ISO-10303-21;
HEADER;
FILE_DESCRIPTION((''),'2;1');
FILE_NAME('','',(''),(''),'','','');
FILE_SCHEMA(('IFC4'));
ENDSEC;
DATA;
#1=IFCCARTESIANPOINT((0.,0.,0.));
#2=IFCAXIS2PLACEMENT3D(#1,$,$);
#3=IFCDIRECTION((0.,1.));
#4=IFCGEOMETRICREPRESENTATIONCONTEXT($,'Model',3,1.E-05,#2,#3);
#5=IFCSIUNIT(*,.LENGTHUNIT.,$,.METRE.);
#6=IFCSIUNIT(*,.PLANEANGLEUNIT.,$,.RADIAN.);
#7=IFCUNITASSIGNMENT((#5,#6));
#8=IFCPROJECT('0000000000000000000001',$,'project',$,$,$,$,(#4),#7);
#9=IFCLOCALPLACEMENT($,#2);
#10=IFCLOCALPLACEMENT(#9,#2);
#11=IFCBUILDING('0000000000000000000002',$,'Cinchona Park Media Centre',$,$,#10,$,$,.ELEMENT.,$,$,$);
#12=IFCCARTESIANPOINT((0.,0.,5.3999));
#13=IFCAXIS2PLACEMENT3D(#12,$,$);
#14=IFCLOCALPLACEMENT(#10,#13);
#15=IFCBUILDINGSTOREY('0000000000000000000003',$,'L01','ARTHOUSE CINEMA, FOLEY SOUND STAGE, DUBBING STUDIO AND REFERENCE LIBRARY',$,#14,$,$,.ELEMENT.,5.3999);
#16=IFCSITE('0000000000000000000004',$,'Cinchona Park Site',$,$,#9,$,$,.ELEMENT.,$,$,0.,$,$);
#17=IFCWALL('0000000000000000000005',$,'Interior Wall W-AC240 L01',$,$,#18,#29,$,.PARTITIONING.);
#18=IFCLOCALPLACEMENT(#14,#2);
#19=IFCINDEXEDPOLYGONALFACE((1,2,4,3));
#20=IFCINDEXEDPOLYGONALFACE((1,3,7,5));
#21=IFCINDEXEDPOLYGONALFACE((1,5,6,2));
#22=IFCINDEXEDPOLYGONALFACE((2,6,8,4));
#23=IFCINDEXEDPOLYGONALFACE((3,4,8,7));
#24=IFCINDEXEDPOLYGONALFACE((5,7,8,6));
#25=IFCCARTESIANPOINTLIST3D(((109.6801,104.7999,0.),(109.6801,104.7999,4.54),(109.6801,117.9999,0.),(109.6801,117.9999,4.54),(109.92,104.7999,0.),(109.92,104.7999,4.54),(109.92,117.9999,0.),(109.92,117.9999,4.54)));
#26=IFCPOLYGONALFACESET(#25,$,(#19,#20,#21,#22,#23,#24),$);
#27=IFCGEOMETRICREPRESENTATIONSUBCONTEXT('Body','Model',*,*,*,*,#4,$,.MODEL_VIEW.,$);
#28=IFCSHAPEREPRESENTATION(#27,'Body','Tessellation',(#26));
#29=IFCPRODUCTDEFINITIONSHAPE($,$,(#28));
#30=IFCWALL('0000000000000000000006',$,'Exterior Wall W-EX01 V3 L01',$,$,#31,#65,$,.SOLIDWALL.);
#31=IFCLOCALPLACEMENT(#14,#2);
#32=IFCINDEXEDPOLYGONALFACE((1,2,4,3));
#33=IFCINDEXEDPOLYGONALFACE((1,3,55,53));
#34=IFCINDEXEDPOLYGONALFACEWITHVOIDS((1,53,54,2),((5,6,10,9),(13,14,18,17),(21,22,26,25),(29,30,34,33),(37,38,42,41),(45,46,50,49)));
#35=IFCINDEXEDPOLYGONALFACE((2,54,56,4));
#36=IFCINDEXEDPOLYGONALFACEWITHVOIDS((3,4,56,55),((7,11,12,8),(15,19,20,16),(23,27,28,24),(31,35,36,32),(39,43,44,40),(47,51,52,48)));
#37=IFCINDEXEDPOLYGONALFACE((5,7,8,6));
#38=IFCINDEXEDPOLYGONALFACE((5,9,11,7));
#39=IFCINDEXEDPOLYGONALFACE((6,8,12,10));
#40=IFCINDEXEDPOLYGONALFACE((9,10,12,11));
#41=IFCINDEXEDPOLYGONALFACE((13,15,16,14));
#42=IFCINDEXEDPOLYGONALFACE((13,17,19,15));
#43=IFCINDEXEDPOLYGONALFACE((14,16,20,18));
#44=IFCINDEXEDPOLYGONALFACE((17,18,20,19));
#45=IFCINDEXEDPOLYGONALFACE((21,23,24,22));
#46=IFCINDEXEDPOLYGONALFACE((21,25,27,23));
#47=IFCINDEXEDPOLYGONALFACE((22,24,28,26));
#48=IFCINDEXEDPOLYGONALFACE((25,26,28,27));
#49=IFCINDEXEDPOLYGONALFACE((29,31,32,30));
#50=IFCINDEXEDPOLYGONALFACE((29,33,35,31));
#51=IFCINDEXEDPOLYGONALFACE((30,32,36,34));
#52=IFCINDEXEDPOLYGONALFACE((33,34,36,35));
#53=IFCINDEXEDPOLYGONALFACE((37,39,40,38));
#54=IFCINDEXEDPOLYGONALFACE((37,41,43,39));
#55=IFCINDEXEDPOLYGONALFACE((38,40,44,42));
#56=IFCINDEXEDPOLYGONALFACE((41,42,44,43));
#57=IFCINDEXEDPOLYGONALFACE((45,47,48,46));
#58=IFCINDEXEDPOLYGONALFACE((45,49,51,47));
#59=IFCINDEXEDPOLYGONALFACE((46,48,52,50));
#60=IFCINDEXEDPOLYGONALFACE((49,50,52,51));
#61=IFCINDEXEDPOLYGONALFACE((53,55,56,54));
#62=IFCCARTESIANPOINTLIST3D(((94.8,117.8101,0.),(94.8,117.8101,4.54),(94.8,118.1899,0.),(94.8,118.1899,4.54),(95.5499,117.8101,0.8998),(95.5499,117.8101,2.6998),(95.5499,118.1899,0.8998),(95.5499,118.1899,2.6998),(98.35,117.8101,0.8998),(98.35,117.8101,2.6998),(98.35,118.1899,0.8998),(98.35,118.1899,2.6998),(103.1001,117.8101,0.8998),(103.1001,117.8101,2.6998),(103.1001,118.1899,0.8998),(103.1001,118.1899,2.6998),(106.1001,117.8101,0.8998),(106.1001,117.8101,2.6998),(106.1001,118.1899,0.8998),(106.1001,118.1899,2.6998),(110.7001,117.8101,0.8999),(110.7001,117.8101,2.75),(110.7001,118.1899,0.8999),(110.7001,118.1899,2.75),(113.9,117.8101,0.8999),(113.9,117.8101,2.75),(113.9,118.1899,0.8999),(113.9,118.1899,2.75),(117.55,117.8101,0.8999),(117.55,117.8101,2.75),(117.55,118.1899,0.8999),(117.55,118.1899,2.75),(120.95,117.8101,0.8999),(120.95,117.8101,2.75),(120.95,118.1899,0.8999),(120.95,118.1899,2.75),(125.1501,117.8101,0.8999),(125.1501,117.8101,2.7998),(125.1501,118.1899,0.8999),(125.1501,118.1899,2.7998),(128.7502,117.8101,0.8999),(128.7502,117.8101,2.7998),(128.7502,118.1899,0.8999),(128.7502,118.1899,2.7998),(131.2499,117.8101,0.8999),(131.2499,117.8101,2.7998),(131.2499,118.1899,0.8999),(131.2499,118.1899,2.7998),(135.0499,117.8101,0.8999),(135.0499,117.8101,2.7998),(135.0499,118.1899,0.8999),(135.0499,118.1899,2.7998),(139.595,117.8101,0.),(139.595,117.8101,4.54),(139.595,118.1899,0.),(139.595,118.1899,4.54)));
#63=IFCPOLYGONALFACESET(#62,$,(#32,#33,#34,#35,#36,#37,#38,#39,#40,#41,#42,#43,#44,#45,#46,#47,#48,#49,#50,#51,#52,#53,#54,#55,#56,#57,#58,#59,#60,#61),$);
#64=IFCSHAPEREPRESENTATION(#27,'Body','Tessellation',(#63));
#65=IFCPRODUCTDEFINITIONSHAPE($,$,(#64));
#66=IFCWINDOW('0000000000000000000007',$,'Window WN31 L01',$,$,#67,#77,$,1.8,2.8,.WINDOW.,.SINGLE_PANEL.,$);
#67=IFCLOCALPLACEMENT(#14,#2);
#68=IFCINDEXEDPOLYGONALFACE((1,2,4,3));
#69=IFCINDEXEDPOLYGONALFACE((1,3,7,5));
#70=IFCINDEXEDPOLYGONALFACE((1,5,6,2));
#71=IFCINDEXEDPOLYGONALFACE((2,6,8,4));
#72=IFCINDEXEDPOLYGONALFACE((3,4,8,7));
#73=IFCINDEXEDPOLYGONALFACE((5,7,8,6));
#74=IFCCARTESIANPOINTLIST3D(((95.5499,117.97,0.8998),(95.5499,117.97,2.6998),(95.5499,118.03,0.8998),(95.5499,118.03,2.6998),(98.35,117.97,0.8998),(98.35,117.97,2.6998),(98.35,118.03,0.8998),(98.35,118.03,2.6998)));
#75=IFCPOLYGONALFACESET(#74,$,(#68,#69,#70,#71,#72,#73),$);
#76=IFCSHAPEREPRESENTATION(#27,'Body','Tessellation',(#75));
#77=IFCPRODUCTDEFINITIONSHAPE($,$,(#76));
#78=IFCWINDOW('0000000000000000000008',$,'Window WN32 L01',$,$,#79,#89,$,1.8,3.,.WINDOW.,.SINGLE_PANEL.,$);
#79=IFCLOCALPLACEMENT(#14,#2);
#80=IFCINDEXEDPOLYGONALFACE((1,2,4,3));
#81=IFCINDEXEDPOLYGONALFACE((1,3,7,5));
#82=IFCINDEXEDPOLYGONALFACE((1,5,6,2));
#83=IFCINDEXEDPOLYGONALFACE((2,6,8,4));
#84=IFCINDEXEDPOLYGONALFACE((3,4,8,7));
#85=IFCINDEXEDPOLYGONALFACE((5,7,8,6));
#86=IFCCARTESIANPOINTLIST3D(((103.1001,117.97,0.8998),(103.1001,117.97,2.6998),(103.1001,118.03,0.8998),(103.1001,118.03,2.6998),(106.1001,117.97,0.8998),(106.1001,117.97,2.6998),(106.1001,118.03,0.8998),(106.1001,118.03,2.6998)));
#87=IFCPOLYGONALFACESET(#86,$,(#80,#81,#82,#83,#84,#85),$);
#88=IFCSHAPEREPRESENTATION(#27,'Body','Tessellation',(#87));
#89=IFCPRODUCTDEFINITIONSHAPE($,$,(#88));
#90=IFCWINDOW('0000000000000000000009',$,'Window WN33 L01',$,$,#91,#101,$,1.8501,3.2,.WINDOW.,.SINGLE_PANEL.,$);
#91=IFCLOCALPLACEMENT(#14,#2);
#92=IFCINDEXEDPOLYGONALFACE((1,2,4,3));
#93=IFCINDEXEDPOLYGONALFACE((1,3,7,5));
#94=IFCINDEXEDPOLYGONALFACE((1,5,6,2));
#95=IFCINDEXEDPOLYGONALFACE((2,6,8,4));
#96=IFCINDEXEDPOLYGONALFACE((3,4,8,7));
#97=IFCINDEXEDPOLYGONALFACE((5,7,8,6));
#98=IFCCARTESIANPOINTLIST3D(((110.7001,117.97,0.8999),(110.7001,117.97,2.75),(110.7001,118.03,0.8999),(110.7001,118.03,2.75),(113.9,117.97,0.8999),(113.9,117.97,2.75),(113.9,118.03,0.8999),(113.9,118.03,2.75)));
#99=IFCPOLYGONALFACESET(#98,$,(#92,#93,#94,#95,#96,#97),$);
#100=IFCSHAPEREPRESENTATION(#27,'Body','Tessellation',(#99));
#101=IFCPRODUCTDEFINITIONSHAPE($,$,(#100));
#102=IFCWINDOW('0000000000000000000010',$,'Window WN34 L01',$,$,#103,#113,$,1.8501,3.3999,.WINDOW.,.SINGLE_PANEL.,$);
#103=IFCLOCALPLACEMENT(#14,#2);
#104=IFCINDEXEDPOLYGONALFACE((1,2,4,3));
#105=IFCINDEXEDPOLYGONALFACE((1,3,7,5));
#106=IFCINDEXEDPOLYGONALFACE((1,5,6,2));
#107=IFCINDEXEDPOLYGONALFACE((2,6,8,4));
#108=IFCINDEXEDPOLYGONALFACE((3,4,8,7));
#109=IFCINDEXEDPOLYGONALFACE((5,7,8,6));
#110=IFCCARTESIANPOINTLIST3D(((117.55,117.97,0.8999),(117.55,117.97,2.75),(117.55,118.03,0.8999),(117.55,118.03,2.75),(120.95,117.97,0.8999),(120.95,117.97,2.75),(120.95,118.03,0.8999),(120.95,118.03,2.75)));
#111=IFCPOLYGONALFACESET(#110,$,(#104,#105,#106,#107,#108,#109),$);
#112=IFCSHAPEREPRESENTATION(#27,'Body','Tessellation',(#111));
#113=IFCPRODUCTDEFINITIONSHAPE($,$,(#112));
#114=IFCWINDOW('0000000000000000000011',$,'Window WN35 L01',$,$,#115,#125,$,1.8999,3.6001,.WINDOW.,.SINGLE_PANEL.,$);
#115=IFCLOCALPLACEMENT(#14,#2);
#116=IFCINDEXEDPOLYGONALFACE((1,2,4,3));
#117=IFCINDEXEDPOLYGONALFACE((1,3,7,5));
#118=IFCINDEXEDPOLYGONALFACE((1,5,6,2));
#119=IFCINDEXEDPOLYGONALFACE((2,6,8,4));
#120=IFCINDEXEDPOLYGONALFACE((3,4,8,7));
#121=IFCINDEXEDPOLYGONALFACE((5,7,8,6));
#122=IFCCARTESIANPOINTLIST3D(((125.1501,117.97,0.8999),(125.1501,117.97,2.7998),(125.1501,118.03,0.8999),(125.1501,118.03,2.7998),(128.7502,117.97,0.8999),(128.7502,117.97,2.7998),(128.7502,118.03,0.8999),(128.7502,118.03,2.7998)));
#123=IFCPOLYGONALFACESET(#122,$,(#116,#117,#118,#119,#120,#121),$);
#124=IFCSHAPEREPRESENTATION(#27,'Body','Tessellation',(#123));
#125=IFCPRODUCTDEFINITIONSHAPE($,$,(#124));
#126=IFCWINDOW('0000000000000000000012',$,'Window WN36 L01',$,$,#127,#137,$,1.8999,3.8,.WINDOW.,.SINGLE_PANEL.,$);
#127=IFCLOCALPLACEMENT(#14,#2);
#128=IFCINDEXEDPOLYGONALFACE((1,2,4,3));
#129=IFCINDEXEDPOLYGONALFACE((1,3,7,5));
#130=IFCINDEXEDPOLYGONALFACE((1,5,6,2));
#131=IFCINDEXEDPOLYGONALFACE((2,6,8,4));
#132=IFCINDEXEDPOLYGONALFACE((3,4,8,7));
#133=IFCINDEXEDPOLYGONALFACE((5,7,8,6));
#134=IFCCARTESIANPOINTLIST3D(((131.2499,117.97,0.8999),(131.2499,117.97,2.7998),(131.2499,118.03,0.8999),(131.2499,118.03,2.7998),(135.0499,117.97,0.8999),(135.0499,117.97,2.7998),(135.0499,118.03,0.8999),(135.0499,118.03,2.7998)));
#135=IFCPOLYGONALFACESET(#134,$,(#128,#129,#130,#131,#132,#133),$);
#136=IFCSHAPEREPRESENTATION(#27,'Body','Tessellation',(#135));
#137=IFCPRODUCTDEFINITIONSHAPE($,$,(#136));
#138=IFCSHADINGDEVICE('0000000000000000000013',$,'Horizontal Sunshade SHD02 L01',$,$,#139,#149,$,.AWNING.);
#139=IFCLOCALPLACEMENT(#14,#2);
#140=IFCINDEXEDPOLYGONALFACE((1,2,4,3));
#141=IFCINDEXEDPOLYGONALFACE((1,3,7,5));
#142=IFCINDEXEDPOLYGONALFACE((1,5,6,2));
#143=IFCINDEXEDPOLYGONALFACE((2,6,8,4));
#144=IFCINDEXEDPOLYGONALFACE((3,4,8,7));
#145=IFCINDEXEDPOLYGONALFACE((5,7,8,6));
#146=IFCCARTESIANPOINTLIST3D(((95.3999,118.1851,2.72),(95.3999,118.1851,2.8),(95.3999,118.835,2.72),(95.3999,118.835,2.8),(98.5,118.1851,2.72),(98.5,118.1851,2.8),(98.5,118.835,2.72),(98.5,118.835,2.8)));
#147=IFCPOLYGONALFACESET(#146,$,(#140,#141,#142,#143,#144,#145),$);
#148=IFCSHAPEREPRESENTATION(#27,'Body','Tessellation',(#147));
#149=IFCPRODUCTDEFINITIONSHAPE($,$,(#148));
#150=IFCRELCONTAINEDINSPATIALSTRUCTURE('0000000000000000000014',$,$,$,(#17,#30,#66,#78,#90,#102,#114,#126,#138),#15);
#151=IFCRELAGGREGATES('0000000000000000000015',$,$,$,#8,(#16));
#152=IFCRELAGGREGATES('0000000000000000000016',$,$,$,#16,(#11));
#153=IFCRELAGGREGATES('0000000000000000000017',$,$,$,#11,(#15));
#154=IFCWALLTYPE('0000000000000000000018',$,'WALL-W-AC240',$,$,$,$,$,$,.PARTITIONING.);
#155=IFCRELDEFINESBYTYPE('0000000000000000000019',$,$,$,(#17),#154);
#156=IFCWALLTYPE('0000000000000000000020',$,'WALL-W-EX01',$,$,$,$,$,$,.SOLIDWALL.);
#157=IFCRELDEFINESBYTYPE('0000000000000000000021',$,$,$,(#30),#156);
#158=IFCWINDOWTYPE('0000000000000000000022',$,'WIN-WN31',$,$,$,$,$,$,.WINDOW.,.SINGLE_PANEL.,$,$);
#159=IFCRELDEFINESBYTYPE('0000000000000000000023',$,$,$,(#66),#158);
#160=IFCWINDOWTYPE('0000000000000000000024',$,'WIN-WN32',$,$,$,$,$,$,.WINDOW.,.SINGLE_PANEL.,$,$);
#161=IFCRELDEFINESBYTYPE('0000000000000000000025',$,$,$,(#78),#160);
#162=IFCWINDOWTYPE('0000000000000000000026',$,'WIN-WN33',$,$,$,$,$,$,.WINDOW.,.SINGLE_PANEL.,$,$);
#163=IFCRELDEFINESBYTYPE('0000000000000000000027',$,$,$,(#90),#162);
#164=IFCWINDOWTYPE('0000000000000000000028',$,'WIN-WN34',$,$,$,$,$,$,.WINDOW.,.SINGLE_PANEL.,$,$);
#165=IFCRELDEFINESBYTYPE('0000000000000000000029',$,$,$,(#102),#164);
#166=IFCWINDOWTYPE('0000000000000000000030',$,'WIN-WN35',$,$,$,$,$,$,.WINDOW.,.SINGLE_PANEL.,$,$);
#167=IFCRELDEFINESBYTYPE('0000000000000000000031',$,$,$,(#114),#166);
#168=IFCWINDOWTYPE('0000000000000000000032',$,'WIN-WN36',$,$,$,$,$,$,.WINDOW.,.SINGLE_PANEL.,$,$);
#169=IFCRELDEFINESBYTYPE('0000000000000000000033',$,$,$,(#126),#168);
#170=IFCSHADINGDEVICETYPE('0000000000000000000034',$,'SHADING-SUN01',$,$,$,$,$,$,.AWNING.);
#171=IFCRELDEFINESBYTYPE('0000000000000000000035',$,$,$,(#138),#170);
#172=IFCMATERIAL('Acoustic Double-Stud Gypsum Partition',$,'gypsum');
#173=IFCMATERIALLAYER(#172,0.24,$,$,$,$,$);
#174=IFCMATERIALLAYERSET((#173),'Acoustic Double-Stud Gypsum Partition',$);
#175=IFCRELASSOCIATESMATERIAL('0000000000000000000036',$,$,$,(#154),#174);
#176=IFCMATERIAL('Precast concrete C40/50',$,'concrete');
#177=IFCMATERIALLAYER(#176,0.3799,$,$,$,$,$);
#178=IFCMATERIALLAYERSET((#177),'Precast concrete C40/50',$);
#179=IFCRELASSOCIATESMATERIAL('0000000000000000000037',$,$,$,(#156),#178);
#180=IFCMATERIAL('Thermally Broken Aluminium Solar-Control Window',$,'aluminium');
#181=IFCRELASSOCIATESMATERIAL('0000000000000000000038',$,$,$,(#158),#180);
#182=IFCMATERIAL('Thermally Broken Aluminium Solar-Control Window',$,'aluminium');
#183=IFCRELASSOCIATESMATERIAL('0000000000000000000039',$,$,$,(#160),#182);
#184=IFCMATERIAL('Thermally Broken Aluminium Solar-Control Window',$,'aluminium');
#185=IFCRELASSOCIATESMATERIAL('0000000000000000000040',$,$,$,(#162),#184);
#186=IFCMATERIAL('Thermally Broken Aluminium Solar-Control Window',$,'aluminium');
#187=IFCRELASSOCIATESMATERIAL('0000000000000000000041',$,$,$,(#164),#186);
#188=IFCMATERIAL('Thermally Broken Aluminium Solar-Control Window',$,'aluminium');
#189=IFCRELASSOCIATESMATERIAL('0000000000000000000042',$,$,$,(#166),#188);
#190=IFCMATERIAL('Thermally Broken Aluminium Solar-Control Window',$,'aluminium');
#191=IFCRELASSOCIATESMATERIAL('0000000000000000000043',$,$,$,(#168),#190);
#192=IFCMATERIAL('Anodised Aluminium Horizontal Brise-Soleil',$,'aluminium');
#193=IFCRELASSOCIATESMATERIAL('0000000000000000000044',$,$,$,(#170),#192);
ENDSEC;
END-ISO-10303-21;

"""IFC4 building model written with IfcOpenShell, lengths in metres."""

from ifc_helpers import new_model, si_unit, direction, frame, frame_2d, origin, origin_2d, place, context, subcontext, project, spatial, rectangle, extrude, material, layer, layer_set, type_object, element, fill, save


model = new_model("IFC4")

# Units and contexts
model_context = context("Model", 3, precision=1e-05, world=origin(), true_north=direction((0.0, 1.0)))
body_context = subcontext(model_context, "Body", "Model", "MODEL_VIEW")
ifc_project = project(units=[si_unit("LENGTHUNIT", "METRE"), si_unit("PLANEANGLEUNIT", "RADIAN")], contexts=[model_context])

# Site, building, storey
site_placement = place(None, origin())
site = spatial("IfcSite", under=ifc_project, at=site_placement, Name="Cinchona Park Site", CompositionType="ELEMENT", RefElevation=0.0)
building_placement = place(site_placement, origin())
building = spatial("IfcBuilding", under=site, at=building_placement, Name="Cinchona Park Media Centre", CompositionType="ELEMENT")
storey_placement = place(building_placement, frame((0.0, 0.0, 5.3999)))
storey = spatial("IfcBuildingStorey", under=building, at=storey_placement, Name="L01", Description="ARTHOUSE CINEMA, FOLEY SOUND STAGE, DUBBING STUDIO AND REFERENCE LIBRARY", CompositionType="ELEMENT", Elevation=5.3999)

# Wall
ifc_material_1 = material(Name="Acoustic Double-Stud Gypsum Partition", Category="gypsum")
ifc_layer_1 = layer(ifc_material_1, 0.24)
ifc_layer_set_1 = layer_set([ifc_layer_1], Name="Acoustic Double-Stud Gypsum Partition")
wall_type_1 = type_object("IfcWallType", Name="WALL-W-AC240", PredefinedType="PARTITIONING", material=ifc_layer_set_1)
wall_1_placement = place(storey_placement, frame((109.8, 118.0, 0.0), z_axis=(0.0, 0.0, 1.0), x_axis=(0.0, -1.0, 0.0)))
element("IfcWall", 1, at=wall_1_placement, inside=storey, type_object=wall_type_1, Name="Interior Wall W-AC240 L01", PredefinedType="PARTITIONING", context=body_context, shape_type="SweptSolid", body=[
    extrude(rectangle(XDim=13.2, YDim=0.24, at=frame_2d((6.6001, 0.0))), origin(), (0.0, 0.0, 1.0), 4.54),
])

# Wall, openings, windows
ifc_material_2 = material(Name="Precast concrete C40/50", Category="concrete")
ifc_layer_2 = layer(ifc_material_2, 0.3799)
ifc_layer_set_2 = layer_set([ifc_layer_2], Name="Precast concrete C40/50")
wall_type_2 = type_object("IfcWallType", Name="WALL-W-EX01", PredefinedType="SOLIDWALL", material=ifc_layer_set_2)
wall_2_placement = place(storey_placement, frame((94.8, 118.0, 0.0), z_axis=(0.0, 0.0, 1.0), x_axis=(1.0, 0.0, 0.0)))
wall_2 = element("IfcWall", 2, at=wall_2_placement, inside=storey, type_object=wall_type_2, Name="Exterior Wall W-EX01 V3 L01", PredefinedType="SOLIDWALL", context=body_context, shape_type="SweptSolid", body=[
    extrude(rectangle(XDim=44.7949, YDim=0.3799, at=frame_2d((22.3975, 0.0))), origin(), (0.0, 0.0, 1.0), 4.54),
])
opening_1_placement = place(wall_2_placement, frame((0.75, 0.0, 0.8999)))
opening_1 = element("IfcOpeningElement", 3, at=opening_1_placement, cuts=wall_2, PredefinedType="OPENING", context=body_context, shape_type="SweptSolid", body=[
    extrude(rectangle(XDim=2.8, YDim=1.8, at=frame_2d((1.3999, 0.8999))), frame((0.0, 0.2, 0.0), z_axis=(0.0, -1.0, 0.0), x_axis=(1.0, 0.0, 0.0)), (0.0, 0.0, 1.0), 0.3999),
])
opening_2_placement = place(wall_2_placement, frame((8.3, 0.0, 0.8999)))
opening_2 = element("IfcOpeningElement", 4, at=opening_2_placement, cuts=wall_2, PredefinedType="OPENING", context=body_context, shape_type="SweptSolid", body=[
    extrude(rectangle(XDim=3.0, YDim=1.8, at=frame_2d((1.5, 0.8999))), frame((0.0, 0.2, 0.0), z_axis=(0.0, -1.0, 0.0), x_axis=(1.0, 0.0, 0.0)), (0.0, 0.0, 1.0), 0.3999),
])
opening_3_placement = place(wall_2_placement, frame((15.8999, 0.0, 0.8999)))
opening_3 = element("IfcOpeningElement", 5, at=opening_3_placement, cuts=wall_2, PredefinedType="OPENING", context=body_context, shape_type="SweptSolid", body=[
    extrude(rectangle(XDim=3.2, YDim=1.8501, at=frame_2d((1.6001, 0.925))), frame((0.0, 0.2, 0.0), z_axis=(0.0, -1.0, 0.0), x_axis=(1.0, 0.0, 0.0)), (0.0, 0.0, 1.0), 0.3999),
])
opening_4_placement = place(wall_2_placement, frame((22.75, 0.0, 0.8999)))
opening_4 = element("IfcOpeningElement", 6, at=opening_4_placement, cuts=wall_2, PredefinedType="OPENING", context=body_context, shape_type="SweptSolid", body=[
    extrude(rectangle(XDim=3.3999, YDim=1.8501, at=frame_2d((1.7, 0.925))), frame((0.0, 0.2, 0.0), z_axis=(0.0, -1.0, 0.0), x_axis=(1.0, 0.0, 0.0)), (0.0, 0.0, 1.0), 0.3999),
])
opening_5_placement = place(wall_2_placement, frame((30.3501, 0.0, 0.8999)))
opening_5 = element("IfcOpeningElement", 7, at=opening_5_placement, cuts=wall_2, PredefinedType="OPENING", context=body_context, shape_type="SweptSolid", body=[
    extrude(rectangle(XDim=3.6001, YDim=1.8999, at=frame_2d((1.8, 0.95))), frame((0.0, 0.2, 0.0), z_axis=(0.0, -1.0, 0.0), x_axis=(1.0, 0.0, 0.0)), (0.0, 0.0, 1.0), 0.3999),
])
opening_6_placement = place(wall_2_placement, frame((36.45, 0.0, 0.8999)))
opening_6 = element("IfcOpeningElement", 8, at=opening_6_placement, cuts=wall_2, PredefinedType="OPENING", context=body_context, shape_type="SweptSolid", body=[
    extrude(rectangle(XDim=3.8, YDim=1.8999, at=frame_2d((1.8999, 0.95))), frame((0.0, 0.2, 0.0), z_axis=(0.0, -1.0, 0.0), x_axis=(1.0, 0.0, 0.0)), (0.0, 0.0, 1.0), 0.3999),
])
ifc_material_3 = material(Name="Thermally Broken Aluminium Solar-Control Window", Category="aluminium")
window_type_1 = type_object("IfcWindowType", Name="WIN-WN31", PartitioningType="SINGLE_PANEL", PredefinedType="WINDOW", material=ifc_material_3)
window_1_placement = place(opening_1_placement, origin())
window_1 = element("IfcWindow", 9, at=window_1_placement, inside=storey, type_object=window_type_1, Name="Window WN31 L01", OverallHeight=1.8, OverallWidth=2.8, PartitioningType="SINGLE_PANEL", PredefinedType="WINDOW", context=body_context, shape_type="SweptSolid", body=[
    extrude(rectangle(XDim=2.8, YDim=1.8, at=frame_2d((1.3999, 0.8999))), frame((0.0, 0.03, 0.0), z_axis=(0.0, -1.0, 0.0), x_axis=(1.0, 0.0, 0.0)), (0.0, 0.0, 1.0), 0.0601),
])
fill(opening_1, window_1)
ifc_material_4 = material(Name="Thermally Broken Aluminium Solar-Control Window", Category="aluminium")
window_type_2 = type_object("IfcWindowType", Name="WIN-WN32", PartitioningType="SINGLE_PANEL", PredefinedType="WINDOW", material=ifc_material_4)
window_2_placement = place(opening_2_placement, origin())
window_2 = element("IfcWindow", 10, at=window_2_placement, inside=storey, type_object=window_type_2, Name="Window WN32 L01", OverallHeight=1.8, OverallWidth=3.0, PartitioningType="SINGLE_PANEL", PredefinedType="WINDOW", context=body_context, shape_type="SweptSolid", body=[
    extrude(rectangle(XDim=3.0, YDim=1.8, at=frame_2d((1.5, 0.8999))), frame((0.0, 0.03, 0.0), z_axis=(0.0, -1.0, 0.0), x_axis=(1.0, 0.0, 0.0)), (0.0, 0.0, 1.0), 0.0601),
])
fill(opening_2, window_2)
ifc_material_5 = material(Name="Thermally Broken Aluminium Solar-Control Window", Category="aluminium")
window_type_3 = type_object("IfcWindowType", Name="WIN-WN33", PartitioningType="SINGLE_PANEL", PredefinedType="WINDOW", material=ifc_material_5)
window_3_placement = place(opening_3_placement, origin())
window_3 = element("IfcWindow", 11, at=window_3_placement, inside=storey, type_object=window_type_3, Name="Window WN33 L01", OverallHeight=1.8501, OverallWidth=3.2, PartitioningType="SINGLE_PANEL", PredefinedType="WINDOW", context=body_context, shape_type="SweptSolid", body=[
    extrude(rectangle(XDim=3.2, YDim=1.8501, at=frame_2d((1.6001, 0.925))), frame((0.0, 0.03, 0.0), z_axis=(0.0, -1.0, 0.0), x_axis=(1.0, 0.0, 0.0)), (0.0, 0.0, 1.0), 0.0601),
])
fill(opening_3, window_3)
ifc_material_6 = material(Name="Thermally Broken Aluminium Solar-Control Window", Category="aluminium")
window_type_4 = type_object("IfcWindowType", Name="WIN-WN34", PartitioningType="SINGLE_PANEL", PredefinedType="WINDOW", material=ifc_material_6)
window_4_placement = place(opening_4_placement, origin())
window_4 = element("IfcWindow", 12, at=window_4_placement, inside=storey, type_object=window_type_4, Name="Window WN34 L01", OverallHeight=1.8501, OverallWidth=3.3999, PartitioningType="SINGLE_PANEL", PredefinedType="WINDOW", context=body_context, shape_type="SweptSolid", body=[
    extrude(rectangle(XDim=3.3999, YDim=1.8501, at=frame_2d((1.7, 0.925))), frame((0.0, 0.03, 0.0), z_axis=(0.0, -1.0, 0.0), x_axis=(1.0, 0.0, 0.0)), (0.0, 0.0, 1.0), 0.0601),
])
fill(opening_4, window_4)
ifc_material_7 = material(Name="Thermally Broken Aluminium Solar-Control Window", Category="aluminium")
window_type_5 = type_object("IfcWindowType", Name="WIN-WN35", PartitioningType="SINGLE_PANEL", PredefinedType="WINDOW", material=ifc_material_7)
window_5_placement = place(opening_5_placement, origin())
window_5 = element("IfcWindow", 13, at=window_5_placement, inside=storey, type_object=window_type_5, Name="Window WN35 L01", OverallHeight=1.8999, OverallWidth=3.6001, PartitioningType="SINGLE_PANEL", PredefinedType="WINDOW", context=body_context, shape_type="SweptSolid", body=[
    extrude(rectangle(XDim=3.6001, YDim=1.8999, at=frame_2d((1.8, 0.95))), frame((0.0, 0.03, 0.0), z_axis=(0.0, -1.0, 0.0), x_axis=(1.0, 0.0, 0.0)), (0.0, 0.0, 1.0), 0.0601),
])
fill(opening_5, window_5)
ifc_material_8 = material(Name="Thermally Broken Aluminium Solar-Control Window", Category="aluminium")
window_type_6 = type_object("IfcWindowType", Name="WIN-WN36", PartitioningType="SINGLE_PANEL", PredefinedType="WINDOW", material=ifc_material_8)
window_6_placement = place(opening_6_placement, origin())
window_6 = element("IfcWindow", 14, at=window_6_placement, inside=storey, type_object=window_type_6, Name="Window WN36 L01", OverallHeight=1.8999, OverallWidth=3.8, PartitioningType="SINGLE_PANEL", PredefinedType="WINDOW", context=body_context, shape_type="SweptSolid", body=[
    extrude(rectangle(XDim=3.8, YDim=1.8999, at=frame_2d((1.8999, 0.95))), frame((0.0, 0.03, 0.0), z_axis=(0.0, -1.0, 0.0), x_axis=(1.0, 0.0, 0.0)), (0.0, 0.0, 1.0), 0.0601),
])
fill(opening_6, window_6)

# Shading device
ifc_material_9 = material(Name="Anodised Aluminium Horizontal Brise-Soleil", Category="aluminium")
shading_device_type = type_object("IfcShadingDeviceType", Name="SHADING-SUN01", PredefinedType="AWNING", material=ifc_material_9)
shading_device_1_placement = place(storey_placement, frame((96.95, 118.51, 2.72), z_axis=(0.0, 0.0, 1.0), x_axis=(1.0, 0.0, 0.0)))
element("IfcShadingDevice", 15, at=shading_device_1_placement, inside=storey, type_object=shading_device_type, Name="Horizontal Sunshade SHD02 L01", PredefinedType="AWNING", context=body_context, shape_type="SweptSolid", body=[
    extrude(rectangle(XDim=3.1001, YDim=0.6499, at=origin_2d()), origin(), (0.0, 0.0, 1.0), 0.0801),
])

save(model, "model.ifc")
